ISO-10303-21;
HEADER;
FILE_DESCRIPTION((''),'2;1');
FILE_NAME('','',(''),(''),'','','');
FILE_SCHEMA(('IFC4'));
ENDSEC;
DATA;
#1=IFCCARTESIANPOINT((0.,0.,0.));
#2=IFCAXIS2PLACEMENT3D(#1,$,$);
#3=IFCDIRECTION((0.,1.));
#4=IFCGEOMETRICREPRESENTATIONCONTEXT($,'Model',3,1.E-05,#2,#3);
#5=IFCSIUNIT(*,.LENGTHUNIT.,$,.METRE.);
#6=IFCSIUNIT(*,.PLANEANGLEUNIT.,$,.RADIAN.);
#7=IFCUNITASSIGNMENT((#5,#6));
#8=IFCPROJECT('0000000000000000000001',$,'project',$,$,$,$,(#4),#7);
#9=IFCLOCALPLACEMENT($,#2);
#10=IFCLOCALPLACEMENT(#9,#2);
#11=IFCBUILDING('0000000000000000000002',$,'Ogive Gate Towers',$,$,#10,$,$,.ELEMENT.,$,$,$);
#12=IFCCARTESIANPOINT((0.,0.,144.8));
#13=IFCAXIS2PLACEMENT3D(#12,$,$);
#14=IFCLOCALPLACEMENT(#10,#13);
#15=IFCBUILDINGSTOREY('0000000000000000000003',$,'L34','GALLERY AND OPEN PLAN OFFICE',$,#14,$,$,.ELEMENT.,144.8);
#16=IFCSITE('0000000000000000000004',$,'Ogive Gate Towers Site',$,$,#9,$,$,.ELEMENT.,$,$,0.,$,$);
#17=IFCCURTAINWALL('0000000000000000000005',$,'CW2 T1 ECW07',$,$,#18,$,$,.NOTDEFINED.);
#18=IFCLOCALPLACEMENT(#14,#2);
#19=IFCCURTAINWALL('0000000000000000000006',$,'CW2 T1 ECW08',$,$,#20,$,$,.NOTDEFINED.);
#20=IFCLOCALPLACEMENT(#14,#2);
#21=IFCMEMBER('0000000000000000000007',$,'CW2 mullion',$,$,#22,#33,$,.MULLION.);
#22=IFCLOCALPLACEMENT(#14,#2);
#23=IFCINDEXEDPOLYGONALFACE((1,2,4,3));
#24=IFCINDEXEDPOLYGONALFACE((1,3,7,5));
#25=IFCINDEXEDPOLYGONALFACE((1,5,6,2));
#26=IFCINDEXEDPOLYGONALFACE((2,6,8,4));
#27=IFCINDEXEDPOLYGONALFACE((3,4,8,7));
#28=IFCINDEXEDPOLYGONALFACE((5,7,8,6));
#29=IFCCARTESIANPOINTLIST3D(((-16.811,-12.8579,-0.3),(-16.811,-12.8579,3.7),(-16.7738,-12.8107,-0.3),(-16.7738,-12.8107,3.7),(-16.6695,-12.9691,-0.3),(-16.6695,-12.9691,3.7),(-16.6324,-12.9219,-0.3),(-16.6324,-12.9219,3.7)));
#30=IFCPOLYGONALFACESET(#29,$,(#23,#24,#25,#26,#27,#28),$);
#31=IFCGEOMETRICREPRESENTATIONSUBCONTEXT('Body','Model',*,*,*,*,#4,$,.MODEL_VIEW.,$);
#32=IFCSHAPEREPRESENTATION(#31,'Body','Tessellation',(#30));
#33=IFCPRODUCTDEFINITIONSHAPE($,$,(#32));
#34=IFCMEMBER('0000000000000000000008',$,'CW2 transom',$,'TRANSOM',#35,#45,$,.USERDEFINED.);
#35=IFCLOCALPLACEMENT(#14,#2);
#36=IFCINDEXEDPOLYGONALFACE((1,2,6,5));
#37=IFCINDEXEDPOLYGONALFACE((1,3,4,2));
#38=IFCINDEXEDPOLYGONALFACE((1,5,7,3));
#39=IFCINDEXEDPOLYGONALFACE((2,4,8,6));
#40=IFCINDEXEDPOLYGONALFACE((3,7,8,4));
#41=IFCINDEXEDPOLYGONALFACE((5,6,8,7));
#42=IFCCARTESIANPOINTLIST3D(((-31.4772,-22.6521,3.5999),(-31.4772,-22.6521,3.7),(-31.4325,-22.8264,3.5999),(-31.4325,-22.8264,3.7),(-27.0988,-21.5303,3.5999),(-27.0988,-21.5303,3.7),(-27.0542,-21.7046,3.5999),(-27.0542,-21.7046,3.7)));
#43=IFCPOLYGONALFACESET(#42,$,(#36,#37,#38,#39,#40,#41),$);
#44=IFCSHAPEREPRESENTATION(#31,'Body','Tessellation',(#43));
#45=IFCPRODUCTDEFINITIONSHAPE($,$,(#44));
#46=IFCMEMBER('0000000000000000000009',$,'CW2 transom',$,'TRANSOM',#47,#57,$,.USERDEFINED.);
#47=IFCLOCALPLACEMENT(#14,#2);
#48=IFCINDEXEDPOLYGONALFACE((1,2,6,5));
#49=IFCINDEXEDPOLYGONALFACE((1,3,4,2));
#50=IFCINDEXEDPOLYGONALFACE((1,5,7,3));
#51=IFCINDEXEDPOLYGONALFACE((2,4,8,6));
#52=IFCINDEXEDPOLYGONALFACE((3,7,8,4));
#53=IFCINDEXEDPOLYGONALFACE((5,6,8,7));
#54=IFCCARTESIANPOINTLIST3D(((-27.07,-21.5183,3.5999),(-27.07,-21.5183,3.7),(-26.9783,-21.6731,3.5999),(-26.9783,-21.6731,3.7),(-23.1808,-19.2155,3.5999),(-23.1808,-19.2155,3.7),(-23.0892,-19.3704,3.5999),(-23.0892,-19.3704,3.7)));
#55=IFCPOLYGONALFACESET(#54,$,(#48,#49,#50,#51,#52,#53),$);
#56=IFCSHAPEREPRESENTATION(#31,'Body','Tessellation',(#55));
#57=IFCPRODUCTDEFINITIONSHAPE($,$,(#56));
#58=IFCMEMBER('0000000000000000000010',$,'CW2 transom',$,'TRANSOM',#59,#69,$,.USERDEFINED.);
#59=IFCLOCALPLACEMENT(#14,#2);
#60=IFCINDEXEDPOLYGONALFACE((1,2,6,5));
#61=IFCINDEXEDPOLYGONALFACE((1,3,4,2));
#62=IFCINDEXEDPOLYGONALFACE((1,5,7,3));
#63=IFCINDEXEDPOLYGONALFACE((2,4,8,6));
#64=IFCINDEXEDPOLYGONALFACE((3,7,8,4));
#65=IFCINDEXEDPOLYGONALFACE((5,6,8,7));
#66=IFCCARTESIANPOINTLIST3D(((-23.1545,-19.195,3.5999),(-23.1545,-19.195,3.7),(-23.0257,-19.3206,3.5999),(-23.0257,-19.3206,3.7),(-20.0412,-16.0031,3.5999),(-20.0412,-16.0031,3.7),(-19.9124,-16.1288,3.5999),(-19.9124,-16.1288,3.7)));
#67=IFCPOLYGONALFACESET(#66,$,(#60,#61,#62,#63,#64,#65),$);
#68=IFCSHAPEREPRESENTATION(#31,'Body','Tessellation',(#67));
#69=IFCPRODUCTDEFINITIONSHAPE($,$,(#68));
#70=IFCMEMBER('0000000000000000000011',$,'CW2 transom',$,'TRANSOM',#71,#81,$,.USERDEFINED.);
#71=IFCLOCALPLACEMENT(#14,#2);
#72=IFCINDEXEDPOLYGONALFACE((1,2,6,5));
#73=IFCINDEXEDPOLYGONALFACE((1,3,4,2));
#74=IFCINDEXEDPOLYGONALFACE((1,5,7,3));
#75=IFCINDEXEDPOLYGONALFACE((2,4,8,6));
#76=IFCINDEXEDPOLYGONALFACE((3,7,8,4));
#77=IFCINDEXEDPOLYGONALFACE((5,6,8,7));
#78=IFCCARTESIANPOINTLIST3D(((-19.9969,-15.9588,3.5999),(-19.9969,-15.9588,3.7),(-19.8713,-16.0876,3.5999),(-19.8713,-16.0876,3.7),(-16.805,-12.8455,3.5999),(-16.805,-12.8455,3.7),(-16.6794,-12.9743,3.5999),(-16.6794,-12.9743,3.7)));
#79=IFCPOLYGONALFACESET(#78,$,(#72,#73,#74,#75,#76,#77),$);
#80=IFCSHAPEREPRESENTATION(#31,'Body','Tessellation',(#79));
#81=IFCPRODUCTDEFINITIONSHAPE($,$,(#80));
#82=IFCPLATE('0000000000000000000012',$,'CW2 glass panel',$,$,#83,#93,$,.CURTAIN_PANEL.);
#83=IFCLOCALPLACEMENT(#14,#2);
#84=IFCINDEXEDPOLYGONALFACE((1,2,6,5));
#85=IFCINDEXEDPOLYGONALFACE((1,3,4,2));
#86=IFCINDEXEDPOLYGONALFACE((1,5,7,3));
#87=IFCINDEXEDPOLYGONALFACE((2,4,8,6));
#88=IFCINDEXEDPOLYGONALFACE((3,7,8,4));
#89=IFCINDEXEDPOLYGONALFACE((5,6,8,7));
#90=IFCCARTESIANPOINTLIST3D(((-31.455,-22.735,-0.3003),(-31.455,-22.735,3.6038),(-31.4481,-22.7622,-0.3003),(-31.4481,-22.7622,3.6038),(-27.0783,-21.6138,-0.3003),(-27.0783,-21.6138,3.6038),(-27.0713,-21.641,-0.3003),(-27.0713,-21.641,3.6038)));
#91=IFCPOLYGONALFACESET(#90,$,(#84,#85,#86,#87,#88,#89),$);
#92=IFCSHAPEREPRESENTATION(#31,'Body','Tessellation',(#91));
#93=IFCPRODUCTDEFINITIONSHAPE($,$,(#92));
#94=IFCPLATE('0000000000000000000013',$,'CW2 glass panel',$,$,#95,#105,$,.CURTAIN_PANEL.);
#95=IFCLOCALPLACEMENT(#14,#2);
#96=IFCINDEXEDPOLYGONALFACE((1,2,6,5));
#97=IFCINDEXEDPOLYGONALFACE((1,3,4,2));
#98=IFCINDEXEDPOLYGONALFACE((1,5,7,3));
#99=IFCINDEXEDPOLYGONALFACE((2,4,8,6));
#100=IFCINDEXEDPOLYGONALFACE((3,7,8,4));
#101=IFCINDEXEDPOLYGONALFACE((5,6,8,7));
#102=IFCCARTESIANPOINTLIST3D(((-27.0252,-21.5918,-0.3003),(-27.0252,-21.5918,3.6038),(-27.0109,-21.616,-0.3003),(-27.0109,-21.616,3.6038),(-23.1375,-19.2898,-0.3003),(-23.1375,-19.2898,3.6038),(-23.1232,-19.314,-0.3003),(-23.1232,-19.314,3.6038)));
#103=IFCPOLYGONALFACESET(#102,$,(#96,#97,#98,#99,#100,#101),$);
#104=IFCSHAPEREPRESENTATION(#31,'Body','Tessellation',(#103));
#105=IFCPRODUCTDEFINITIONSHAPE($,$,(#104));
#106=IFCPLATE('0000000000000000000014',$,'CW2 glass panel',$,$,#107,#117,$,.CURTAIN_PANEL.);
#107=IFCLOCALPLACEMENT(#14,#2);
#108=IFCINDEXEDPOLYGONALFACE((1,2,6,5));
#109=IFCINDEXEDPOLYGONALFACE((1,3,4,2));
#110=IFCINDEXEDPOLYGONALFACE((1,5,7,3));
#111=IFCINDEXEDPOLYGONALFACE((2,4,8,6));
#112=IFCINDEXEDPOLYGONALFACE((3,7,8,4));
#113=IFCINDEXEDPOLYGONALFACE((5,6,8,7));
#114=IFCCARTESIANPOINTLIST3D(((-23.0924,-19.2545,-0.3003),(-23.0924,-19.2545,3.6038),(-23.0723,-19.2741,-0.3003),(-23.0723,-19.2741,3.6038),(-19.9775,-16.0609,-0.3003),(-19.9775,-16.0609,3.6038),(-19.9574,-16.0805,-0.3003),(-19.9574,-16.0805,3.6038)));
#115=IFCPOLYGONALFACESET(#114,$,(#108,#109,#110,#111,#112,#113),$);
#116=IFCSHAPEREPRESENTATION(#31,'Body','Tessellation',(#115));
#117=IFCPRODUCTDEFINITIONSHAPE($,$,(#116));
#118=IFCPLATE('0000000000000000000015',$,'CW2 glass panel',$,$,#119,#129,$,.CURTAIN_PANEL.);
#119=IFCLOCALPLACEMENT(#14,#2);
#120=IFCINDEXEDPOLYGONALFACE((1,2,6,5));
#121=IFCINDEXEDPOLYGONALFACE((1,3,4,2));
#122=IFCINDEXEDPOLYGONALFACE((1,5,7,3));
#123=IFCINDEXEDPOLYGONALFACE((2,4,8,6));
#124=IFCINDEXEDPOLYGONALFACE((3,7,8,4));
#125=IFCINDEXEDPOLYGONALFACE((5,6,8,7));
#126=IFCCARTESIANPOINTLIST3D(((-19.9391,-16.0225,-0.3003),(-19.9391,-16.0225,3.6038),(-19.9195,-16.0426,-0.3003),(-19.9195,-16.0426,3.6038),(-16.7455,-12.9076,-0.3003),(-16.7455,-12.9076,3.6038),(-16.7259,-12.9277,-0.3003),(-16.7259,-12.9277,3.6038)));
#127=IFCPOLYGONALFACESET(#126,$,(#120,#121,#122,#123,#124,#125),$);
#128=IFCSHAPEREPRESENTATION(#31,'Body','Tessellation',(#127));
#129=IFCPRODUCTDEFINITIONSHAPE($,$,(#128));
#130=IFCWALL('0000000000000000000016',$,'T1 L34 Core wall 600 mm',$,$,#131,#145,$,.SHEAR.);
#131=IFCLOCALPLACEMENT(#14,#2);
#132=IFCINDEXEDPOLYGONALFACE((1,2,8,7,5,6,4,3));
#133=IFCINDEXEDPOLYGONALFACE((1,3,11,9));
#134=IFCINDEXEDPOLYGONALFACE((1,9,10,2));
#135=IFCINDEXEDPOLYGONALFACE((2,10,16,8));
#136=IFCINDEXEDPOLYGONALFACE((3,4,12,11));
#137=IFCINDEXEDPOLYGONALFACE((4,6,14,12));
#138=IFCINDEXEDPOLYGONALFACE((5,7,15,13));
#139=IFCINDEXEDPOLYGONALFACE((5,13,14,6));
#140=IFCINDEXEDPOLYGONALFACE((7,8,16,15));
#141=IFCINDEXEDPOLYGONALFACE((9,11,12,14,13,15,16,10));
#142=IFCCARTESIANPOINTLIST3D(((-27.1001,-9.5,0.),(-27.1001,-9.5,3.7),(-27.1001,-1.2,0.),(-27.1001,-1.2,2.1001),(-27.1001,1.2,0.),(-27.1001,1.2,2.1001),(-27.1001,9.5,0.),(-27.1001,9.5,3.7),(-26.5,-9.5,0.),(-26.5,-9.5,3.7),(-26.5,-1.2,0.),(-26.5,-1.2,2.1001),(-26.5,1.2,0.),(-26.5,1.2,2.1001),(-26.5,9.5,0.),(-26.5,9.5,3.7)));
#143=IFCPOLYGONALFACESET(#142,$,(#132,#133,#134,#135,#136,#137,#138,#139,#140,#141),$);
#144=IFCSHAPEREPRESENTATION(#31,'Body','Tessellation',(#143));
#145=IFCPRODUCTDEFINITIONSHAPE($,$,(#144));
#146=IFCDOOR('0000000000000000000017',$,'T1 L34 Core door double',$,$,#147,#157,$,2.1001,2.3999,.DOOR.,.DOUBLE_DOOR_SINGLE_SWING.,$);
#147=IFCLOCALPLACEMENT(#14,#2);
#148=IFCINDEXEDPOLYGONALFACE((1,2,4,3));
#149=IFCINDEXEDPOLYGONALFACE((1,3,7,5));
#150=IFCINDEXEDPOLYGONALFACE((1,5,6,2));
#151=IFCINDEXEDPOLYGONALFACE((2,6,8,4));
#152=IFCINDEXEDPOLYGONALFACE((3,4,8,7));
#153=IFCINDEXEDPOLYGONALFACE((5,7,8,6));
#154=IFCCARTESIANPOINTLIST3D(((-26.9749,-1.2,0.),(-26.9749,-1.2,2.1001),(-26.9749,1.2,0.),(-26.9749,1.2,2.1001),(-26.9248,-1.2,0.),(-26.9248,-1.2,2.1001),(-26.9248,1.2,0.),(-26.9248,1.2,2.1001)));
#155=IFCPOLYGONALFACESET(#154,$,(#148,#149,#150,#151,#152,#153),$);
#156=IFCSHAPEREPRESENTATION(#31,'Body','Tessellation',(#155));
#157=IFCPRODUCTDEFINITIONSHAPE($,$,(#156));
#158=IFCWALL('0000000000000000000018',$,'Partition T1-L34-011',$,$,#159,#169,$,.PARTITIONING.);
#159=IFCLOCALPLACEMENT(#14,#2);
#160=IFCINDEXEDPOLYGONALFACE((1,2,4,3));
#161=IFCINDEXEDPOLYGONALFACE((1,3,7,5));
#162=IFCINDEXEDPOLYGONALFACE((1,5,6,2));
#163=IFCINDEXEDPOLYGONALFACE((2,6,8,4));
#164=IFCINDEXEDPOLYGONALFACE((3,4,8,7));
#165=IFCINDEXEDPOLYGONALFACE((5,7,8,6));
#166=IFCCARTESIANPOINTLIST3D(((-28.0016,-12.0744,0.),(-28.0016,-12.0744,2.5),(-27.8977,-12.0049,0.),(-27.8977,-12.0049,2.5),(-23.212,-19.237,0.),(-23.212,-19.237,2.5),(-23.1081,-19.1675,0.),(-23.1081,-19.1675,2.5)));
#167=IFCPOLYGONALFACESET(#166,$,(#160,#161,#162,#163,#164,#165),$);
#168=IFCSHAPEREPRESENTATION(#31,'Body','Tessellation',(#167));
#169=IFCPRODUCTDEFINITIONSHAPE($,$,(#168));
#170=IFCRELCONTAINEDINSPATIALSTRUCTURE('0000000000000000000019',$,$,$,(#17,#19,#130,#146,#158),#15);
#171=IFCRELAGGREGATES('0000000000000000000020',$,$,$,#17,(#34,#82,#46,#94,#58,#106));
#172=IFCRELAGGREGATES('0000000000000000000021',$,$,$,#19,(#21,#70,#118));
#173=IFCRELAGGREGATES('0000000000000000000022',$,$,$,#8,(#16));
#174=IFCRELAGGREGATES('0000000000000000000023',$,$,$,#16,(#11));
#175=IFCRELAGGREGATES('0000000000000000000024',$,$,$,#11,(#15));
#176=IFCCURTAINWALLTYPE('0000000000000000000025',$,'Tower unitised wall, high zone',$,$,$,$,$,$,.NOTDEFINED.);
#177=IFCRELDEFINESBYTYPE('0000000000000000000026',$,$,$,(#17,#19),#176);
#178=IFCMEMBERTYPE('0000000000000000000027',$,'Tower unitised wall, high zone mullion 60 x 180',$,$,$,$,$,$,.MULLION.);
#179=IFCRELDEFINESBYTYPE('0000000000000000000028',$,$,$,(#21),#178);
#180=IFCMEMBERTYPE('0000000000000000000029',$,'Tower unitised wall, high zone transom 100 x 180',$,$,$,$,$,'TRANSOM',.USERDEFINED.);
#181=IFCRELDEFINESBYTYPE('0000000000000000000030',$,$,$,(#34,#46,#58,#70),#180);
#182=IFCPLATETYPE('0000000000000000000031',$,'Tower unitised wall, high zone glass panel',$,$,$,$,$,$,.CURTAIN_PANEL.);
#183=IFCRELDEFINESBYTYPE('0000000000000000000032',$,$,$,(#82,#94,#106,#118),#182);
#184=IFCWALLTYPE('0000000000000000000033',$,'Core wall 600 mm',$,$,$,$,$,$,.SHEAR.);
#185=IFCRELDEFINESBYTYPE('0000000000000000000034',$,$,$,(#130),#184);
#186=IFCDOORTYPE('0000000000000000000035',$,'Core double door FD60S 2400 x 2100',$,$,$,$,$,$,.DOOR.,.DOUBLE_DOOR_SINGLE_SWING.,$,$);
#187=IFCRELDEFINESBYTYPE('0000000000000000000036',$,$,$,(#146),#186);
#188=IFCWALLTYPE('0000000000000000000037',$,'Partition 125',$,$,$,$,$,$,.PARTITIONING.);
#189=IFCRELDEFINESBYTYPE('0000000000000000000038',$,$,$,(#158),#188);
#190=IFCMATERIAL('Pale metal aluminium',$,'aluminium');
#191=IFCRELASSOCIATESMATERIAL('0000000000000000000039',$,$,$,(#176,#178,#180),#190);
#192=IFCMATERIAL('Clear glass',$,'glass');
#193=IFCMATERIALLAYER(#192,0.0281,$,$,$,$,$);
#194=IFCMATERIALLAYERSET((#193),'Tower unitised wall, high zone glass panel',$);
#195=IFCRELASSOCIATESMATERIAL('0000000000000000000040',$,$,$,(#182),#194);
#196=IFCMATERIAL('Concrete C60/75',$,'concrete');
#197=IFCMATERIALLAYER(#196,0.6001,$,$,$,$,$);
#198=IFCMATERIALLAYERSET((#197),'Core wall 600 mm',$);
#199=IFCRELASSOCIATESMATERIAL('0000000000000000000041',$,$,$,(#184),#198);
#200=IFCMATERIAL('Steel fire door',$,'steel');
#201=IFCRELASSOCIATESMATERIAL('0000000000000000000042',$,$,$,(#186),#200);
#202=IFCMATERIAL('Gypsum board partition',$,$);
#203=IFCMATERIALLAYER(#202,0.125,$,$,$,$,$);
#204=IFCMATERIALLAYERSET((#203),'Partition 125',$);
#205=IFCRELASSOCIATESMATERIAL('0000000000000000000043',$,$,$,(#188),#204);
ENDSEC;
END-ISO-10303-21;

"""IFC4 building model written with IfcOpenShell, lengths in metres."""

from ifc_helpers import new_model, si_unit, direction, frame, frame_2d, origin, origin_2d, place, context, subcontext, project, spatial, rectangle, extrude, material, layer, layer_set, material_profile, profile_set, type_object, element, fill, aggregate, save


model = new_model("IFC4")

# Units and contexts
model_context = context("Model", 3, precision=1e-05, world=origin(), true_north=direction((0.0, 1.0)))
body_context = subcontext(model_context, "Body", "Model", "MODEL_VIEW")
ifc_project = project(units=[si_unit("LENGTHUNIT", "METRE"), si_unit("PLANEANGLEUNIT", "RADIAN")], contexts=[model_context])

# Site, building, storey
site_placement = place(None, origin())
site = spatial("IfcSite", under=ifc_project, at=site_placement, Name="Ogive Gate Towers Site", CompositionType="ELEMENT", RefElevation=0.0)
building_placement = place(site_placement, origin())
building = spatial("IfcBuilding", under=site, at=building_placement, Name="Ogive Gate Towers", CompositionType="ELEMENT")
storey_placement = place(building_placement, frame((0.0, 0.0, 144.8)))
storey = spatial("IfcBuildingStorey", under=building, at=storey_placement, Name="L34", Description="GALLERY AND OPEN PLAN OFFICE", CompositionType="ELEMENT", Elevation=144.8)

# Curtain wall
ifc_material_1 = material(Name="Pale metal aluminium", Category="aluminium")
curtain_wall_type = type_object("IfcCurtainWallType", Name="Tower unitised wall, high zone", PredefinedType="NOTDEFINED", material=ifc_material_1)
curtain_wall_1_placement = place(storey_placement, origin())
curtain_wall_1 = element("IfcCurtainWall", 1, at=curtain_wall_1_placement, inside=storey, type_object=curtain_wall_type, Name="CW2 T1 ECW07", PredefinedType="NOTDEFINED")
ifc_material_profile_1 = material_profile(ifc_material_1, rectangle(XDim=0.1799, YDim=0.0601, at=origin_2d()), Name="60 x 180 aluminium box")
ifc_profile_set_1 = profile_set([ifc_material_profile_1], Name="Pale metal aluminium")
member_type_1 = type_object("IfcMemberType", Name="Tower unitised wall, high zone mullion 60 x 180", PredefinedType="MULLION", material=ifc_profile_set_1)

# Curtain wall, member
curtain_wall_2_placement = place(storey_placement, origin())
curtain_wall_2 = element("IfcCurtainWall", 2, at=curtain_wall_2_placement, inside=storey, type_object=curtain_wall_type, Name="CW2 T1 ECW08", PredefinedType="NOTDEFINED")
member_1_placement = place(storey_placement, frame((-16.7217, -12.8899, -0.3), z_axis=(0.0, 0.0, 1.0), x_axis=(0.786148, -0.618038, 0.0)))
member_1 = element("IfcMember", 3, at=member_1_placement, type_object=member_type_1, Name="CW2 mullion", PredefinedType="MULLION", context=body_context, shape_type="SweptSolid", body=[
    extrude(rectangle(XDim=0.1799, YDim=0.0601, at=origin_2d()), origin(), (0.0, 0.0, 1.0), 4.0),
])

# Members
ifc_material_profile_2 = material_profile(ifc_material_1, rectangle(XDim=0.1799, YDim=0.1001, at=origin_2d()), Name="100 x 180 aluminium box")
ifc_profile_set_2 = profile_set([ifc_material_profile_2], Name="Pale metal aluminium")
member_type_2 = type_object("IfcMemberType", Name="Tower unitised wall, high zone transom 100 x 180", ElementType="TRANSOM", PredefinedType="USERDEFINED", material=ifc_profile_set_2)
member_2_placement = place(storey_placement, frame((-31.4548, -22.7393, 3.6499), z_axis=(0.968709, 0.2482, 0.0), x_axis=(-0.2482, 0.968709, 0.0)))
member_2 = element("IfcMember", 4, at=member_2_placement, type_object=member_type_2, Name="CW2 transom", ObjectType="TRANSOM", PredefinedType="USERDEFINED", context=body_context, shape_type="SweptSolid", body=[
    extrude(rectangle(XDim=0.1799, YDim=0.1001, at=origin_2d()), origin(), (0.0, 0.0, 1.0), 4.5198),
])
member_3_placement = place(storey_placement, frame((-27.0242, -21.5957, 3.6499), z_axis=(0.860481, 0.509483, 0.0), x_axis=(-0.509483, 0.860481, 0.0)))
member_3 = element("IfcMember", 5, at=member_3_placement, type_object=member_type_2, Name="CW2 transom", ObjectType="TRANSOM", PredefinedType="USERDEFINED", context=body_context, shape_type="SweptSolid", body=[
    extrude(rectangle(XDim=0.1799, YDim=0.1001, at=origin_2d()), origin(), (0.0, 0.0, 1.0), 4.5198),
])
member_4_placement = place(storey_placement, frame((-23.0901, -19.2578, 3.6499), z_axis=(0.698236, 0.715867, 0.0), x_axis=(-0.715867, 0.698236, 0.0)))
member_4 = element("IfcMember", 6, at=member_4_placement, type_object=member_type_2, Name="CW2 transom", ObjectType="TRANSOM", PredefinedType="USERDEFINED", context=body_context, shape_type="SweptSolid", body=[
    extrude(rectangle(XDim=0.1799, YDim=0.1001, at=origin_2d()), origin(), (0.0, 0.0, 1.0), 4.4587),
])
member_5_placement = place(storey_placement, frame((-19.9341, -16.0232, 3.6499), z_axis=(0.715867, 0.698236, 0.0), x_axis=(-0.698236, 0.715867, 0.0)))
member_5 = element("IfcMember", 7, at=member_5_placement, type_object=member_type_2, Name="CW2 transom", ObjectType="TRANSOM", PredefinedType="USERDEFINED", context=body_context, shape_type="SweptSolid", body=[
    extrude(rectangle(XDim=0.1799, YDim=0.1001, at=origin_2d()), origin(), (0.0, 0.0, 1.0), 4.4587),
])

# Plates
ifc_material_2 = material(Name="Clear glass", Category="glass")
ifc_layer_1 = layer(ifc_material_2, 0.0281)
ifc_layer_set_1 = layer_set([ifc_layer_1], Name="Tower unitised wall, high zone glass panel")
plate_type = type_object("IfcPlateType", Name="Tower unitised wall, high zone glass panel", PredefinedType="CURTAIN_PANEL", material=ifc_layer_set_1)
plate_1_placement = place(storey_placement, frame((-29.2632, -22.188, -0.3003), z_axis=(0.0, 0.0, 1.0), x_axis=(0.968718, 0.248166, 0.0)))
plate_1 = element("IfcPlate", 8, at=plate_1_placement, type_object=plate_type, Name="CW2 glass panel", PredefinedType="CURTAIN_PANEL", context=body_context, shape_type="SweptSolid", body=[
    extrude(rectangle(XDim=4.5181, YDim=0.0281, at=origin_2d()), origin(), (0.0, 0.0, 1.0), 3.9041),
])
plate_2_placement = place(storey_placement, frame((-25.0742, -20.4529, -0.3003), z_axis=(0.0, 0.0, 1.0), x_axis=(0.860466, 0.509507, 0.0)))
plate_2 = element("IfcPlate", 9, at=plate_2_placement, type_object=plate_type, Name="CW2 glass panel", PredefinedType="CURTAIN_PANEL", context=body_context, shape_type="SweptSolid", body=[
    extrude(rectangle(XDim=4.5181, YDim=0.0281, at=origin_2d()), origin(), (0.0, 0.0, 1.0), 3.9041),
])
plate_3_placement = place(storey_placement, frame((-21.5249, -17.6675, -0.3003), z_axis=(0.0, 0.0, 1.0), x_axis=(0.69824, 0.715863, 0.0)))
plate_3 = element("IfcPlate", 10, at=plate_3_placement, type_object=plate_type, Name="CW2 glass panel", PredefinedType="CURTAIN_PANEL", context=body_context, shape_type="SweptSolid", body=[
    extrude(rectangle(XDim=4.4612, YDim=0.0281, at=origin_2d()), origin(), (0.0, 0.0, 1.0), 3.9041),
])
aggregate(curtain_wall_1, [member_2, plate_1, member_3, plate_2, member_4, plate_3])
plate_4_placement = place(storey_placement, frame((-18.3325, -14.4751, -0.3003), z_axis=(0.0, 0.0, 1.0), x_axis=(0.715863, 0.69824, 0.0)))
plate_4 = element("IfcPlate", 11, at=plate_4_placement, type_object=plate_type, Name="CW2 glass panel", PredefinedType="CURTAIN_PANEL", context=body_context, shape_type="SweptSolid", body=[
    extrude(rectangle(XDim=4.4612, YDim=0.0281, at=origin_2d()), origin(), (0.0, 0.0, 1.0), 3.9041),
])
aggregate(curtain_wall_2, [member_1, member_5, plate_4])

# Wall, opening, door
ifc_material_3 = material(Name="Concrete C60/75", Category="concrete")
ifc_layer_2 = layer(ifc_material_3, 0.6001)
ifc_layer_set_2 = layer_set([ifc_layer_2], Name="Core wall 600 mm")
wall_type_1 = type_object("IfcWallType", Name="Core wall 600 mm", PredefinedType="SHEAR", material=ifc_layer_set_2)
wall_1_placement = place(storey_placement, frame((-26.8, -9.5, 0.0), z_axis=(0.0, 0.0, 1.0), x_axis=(0.0, 1.0, 0.0)))
wall_1 = element("IfcWall", 12, at=wall_1_placement, inside=storey, type_object=wall_type_1, Name="T1 L34 Core wall 600 mm", PredefinedType="SHEAR", context=body_context, shape_type="SweptSolid", body=[
    extrude(rectangle(XDim=19.0, YDim=0.6001, at=frame_2d((9.5, 0.0))), origin(), (0.0, 0.0, 1.0), 3.7),
])
opening_1_placement = place(wall_1_placement, frame((8.3, 0.0, 0.0)))
opening_1 = element("IfcOpeningElement", 13, at=opening_1_placement, cuts=wall_1, PredefinedType="OPENING", context=body_context, shape_type="SweptSolid", body=[
    extrude(rectangle(XDim=2.3999, YDim=2.1001, at=frame_2d((1.2, 1.05))), frame((0.0, 0.3101, 0.0), z_axis=(0.0, -1.0, 0.0), x_axis=(1.0, 0.0, 0.0)), (0.0, 0.0, 1.0), 0.6201),
])
ifc_material_4 = material(Name="Steel fire door", Category="steel")
door_type_1 = type_object("IfcDoorType", Name="Core double door FD60S 2400 x 2100", OperationType="DOUBLE_DOOR_SINGLE_SWING", PredefinedType="DOOR", material=ifc_material_4)
door_1_placement = place(opening_1_placement, origin())
door_1 = element("IfcDoor", 14, at=door_1_placement, inside=storey, type_object=door_type_1, Name="T1 L34 Core door double", OperationType="DOUBLE_DOOR_SINGLE_SWING", OverallHeight=2.1001, OverallWidth=2.3999, PredefinedType="DOOR", context=body_context, shape_type="SweptSolid", body=[
    extrude(rectangle(XDim=2.3999, YDim=2.1001, at=frame_2d((1.2, 1.05))), frame((0.0, 0.1748, 0.0), z_axis=(0.0, -1.0, 0.0), x_axis=(1.0, 0.0, 0.0)), (0.0, 0.0, 1.0), 0.05),
])
fill(opening_1, door_1)

# Wall
ifc_material_5 = material(Name="Gypsum board partition")
ifc_layer_3 = layer(ifc_material_5, 0.125)
ifc_layer_set_3 = layer_set([ifc_layer_3], Name="Partition 125")
wall_type_2 = type_object("IfcWallType", Name="Partition 125", PredefinedType="PARTITIONING", material=ifc_layer_set_3)
wall_2_placement = place(storey_placement, frame((-23.1602, -19.2021, 0.0), z_axis=(0.0, 0.0, 1.0), x_axis=(-0.555864, 0.831274, 0.0)))
element("IfcWall", 15, at=wall_2_placement, inside=storey, type_object=wall_type_2, Name="Partition T1-L34-011", PredefinedType="PARTITIONING", context=body_context, shape_type="SweptSolid", body=[
    extrude(rectangle(XDim=8.6165, YDim=0.125, at=frame_2d((4.3081, 0.0))), origin(), (0.0, 0.0, 1.0), 2.5),
])

save(model, "model.ifc")
